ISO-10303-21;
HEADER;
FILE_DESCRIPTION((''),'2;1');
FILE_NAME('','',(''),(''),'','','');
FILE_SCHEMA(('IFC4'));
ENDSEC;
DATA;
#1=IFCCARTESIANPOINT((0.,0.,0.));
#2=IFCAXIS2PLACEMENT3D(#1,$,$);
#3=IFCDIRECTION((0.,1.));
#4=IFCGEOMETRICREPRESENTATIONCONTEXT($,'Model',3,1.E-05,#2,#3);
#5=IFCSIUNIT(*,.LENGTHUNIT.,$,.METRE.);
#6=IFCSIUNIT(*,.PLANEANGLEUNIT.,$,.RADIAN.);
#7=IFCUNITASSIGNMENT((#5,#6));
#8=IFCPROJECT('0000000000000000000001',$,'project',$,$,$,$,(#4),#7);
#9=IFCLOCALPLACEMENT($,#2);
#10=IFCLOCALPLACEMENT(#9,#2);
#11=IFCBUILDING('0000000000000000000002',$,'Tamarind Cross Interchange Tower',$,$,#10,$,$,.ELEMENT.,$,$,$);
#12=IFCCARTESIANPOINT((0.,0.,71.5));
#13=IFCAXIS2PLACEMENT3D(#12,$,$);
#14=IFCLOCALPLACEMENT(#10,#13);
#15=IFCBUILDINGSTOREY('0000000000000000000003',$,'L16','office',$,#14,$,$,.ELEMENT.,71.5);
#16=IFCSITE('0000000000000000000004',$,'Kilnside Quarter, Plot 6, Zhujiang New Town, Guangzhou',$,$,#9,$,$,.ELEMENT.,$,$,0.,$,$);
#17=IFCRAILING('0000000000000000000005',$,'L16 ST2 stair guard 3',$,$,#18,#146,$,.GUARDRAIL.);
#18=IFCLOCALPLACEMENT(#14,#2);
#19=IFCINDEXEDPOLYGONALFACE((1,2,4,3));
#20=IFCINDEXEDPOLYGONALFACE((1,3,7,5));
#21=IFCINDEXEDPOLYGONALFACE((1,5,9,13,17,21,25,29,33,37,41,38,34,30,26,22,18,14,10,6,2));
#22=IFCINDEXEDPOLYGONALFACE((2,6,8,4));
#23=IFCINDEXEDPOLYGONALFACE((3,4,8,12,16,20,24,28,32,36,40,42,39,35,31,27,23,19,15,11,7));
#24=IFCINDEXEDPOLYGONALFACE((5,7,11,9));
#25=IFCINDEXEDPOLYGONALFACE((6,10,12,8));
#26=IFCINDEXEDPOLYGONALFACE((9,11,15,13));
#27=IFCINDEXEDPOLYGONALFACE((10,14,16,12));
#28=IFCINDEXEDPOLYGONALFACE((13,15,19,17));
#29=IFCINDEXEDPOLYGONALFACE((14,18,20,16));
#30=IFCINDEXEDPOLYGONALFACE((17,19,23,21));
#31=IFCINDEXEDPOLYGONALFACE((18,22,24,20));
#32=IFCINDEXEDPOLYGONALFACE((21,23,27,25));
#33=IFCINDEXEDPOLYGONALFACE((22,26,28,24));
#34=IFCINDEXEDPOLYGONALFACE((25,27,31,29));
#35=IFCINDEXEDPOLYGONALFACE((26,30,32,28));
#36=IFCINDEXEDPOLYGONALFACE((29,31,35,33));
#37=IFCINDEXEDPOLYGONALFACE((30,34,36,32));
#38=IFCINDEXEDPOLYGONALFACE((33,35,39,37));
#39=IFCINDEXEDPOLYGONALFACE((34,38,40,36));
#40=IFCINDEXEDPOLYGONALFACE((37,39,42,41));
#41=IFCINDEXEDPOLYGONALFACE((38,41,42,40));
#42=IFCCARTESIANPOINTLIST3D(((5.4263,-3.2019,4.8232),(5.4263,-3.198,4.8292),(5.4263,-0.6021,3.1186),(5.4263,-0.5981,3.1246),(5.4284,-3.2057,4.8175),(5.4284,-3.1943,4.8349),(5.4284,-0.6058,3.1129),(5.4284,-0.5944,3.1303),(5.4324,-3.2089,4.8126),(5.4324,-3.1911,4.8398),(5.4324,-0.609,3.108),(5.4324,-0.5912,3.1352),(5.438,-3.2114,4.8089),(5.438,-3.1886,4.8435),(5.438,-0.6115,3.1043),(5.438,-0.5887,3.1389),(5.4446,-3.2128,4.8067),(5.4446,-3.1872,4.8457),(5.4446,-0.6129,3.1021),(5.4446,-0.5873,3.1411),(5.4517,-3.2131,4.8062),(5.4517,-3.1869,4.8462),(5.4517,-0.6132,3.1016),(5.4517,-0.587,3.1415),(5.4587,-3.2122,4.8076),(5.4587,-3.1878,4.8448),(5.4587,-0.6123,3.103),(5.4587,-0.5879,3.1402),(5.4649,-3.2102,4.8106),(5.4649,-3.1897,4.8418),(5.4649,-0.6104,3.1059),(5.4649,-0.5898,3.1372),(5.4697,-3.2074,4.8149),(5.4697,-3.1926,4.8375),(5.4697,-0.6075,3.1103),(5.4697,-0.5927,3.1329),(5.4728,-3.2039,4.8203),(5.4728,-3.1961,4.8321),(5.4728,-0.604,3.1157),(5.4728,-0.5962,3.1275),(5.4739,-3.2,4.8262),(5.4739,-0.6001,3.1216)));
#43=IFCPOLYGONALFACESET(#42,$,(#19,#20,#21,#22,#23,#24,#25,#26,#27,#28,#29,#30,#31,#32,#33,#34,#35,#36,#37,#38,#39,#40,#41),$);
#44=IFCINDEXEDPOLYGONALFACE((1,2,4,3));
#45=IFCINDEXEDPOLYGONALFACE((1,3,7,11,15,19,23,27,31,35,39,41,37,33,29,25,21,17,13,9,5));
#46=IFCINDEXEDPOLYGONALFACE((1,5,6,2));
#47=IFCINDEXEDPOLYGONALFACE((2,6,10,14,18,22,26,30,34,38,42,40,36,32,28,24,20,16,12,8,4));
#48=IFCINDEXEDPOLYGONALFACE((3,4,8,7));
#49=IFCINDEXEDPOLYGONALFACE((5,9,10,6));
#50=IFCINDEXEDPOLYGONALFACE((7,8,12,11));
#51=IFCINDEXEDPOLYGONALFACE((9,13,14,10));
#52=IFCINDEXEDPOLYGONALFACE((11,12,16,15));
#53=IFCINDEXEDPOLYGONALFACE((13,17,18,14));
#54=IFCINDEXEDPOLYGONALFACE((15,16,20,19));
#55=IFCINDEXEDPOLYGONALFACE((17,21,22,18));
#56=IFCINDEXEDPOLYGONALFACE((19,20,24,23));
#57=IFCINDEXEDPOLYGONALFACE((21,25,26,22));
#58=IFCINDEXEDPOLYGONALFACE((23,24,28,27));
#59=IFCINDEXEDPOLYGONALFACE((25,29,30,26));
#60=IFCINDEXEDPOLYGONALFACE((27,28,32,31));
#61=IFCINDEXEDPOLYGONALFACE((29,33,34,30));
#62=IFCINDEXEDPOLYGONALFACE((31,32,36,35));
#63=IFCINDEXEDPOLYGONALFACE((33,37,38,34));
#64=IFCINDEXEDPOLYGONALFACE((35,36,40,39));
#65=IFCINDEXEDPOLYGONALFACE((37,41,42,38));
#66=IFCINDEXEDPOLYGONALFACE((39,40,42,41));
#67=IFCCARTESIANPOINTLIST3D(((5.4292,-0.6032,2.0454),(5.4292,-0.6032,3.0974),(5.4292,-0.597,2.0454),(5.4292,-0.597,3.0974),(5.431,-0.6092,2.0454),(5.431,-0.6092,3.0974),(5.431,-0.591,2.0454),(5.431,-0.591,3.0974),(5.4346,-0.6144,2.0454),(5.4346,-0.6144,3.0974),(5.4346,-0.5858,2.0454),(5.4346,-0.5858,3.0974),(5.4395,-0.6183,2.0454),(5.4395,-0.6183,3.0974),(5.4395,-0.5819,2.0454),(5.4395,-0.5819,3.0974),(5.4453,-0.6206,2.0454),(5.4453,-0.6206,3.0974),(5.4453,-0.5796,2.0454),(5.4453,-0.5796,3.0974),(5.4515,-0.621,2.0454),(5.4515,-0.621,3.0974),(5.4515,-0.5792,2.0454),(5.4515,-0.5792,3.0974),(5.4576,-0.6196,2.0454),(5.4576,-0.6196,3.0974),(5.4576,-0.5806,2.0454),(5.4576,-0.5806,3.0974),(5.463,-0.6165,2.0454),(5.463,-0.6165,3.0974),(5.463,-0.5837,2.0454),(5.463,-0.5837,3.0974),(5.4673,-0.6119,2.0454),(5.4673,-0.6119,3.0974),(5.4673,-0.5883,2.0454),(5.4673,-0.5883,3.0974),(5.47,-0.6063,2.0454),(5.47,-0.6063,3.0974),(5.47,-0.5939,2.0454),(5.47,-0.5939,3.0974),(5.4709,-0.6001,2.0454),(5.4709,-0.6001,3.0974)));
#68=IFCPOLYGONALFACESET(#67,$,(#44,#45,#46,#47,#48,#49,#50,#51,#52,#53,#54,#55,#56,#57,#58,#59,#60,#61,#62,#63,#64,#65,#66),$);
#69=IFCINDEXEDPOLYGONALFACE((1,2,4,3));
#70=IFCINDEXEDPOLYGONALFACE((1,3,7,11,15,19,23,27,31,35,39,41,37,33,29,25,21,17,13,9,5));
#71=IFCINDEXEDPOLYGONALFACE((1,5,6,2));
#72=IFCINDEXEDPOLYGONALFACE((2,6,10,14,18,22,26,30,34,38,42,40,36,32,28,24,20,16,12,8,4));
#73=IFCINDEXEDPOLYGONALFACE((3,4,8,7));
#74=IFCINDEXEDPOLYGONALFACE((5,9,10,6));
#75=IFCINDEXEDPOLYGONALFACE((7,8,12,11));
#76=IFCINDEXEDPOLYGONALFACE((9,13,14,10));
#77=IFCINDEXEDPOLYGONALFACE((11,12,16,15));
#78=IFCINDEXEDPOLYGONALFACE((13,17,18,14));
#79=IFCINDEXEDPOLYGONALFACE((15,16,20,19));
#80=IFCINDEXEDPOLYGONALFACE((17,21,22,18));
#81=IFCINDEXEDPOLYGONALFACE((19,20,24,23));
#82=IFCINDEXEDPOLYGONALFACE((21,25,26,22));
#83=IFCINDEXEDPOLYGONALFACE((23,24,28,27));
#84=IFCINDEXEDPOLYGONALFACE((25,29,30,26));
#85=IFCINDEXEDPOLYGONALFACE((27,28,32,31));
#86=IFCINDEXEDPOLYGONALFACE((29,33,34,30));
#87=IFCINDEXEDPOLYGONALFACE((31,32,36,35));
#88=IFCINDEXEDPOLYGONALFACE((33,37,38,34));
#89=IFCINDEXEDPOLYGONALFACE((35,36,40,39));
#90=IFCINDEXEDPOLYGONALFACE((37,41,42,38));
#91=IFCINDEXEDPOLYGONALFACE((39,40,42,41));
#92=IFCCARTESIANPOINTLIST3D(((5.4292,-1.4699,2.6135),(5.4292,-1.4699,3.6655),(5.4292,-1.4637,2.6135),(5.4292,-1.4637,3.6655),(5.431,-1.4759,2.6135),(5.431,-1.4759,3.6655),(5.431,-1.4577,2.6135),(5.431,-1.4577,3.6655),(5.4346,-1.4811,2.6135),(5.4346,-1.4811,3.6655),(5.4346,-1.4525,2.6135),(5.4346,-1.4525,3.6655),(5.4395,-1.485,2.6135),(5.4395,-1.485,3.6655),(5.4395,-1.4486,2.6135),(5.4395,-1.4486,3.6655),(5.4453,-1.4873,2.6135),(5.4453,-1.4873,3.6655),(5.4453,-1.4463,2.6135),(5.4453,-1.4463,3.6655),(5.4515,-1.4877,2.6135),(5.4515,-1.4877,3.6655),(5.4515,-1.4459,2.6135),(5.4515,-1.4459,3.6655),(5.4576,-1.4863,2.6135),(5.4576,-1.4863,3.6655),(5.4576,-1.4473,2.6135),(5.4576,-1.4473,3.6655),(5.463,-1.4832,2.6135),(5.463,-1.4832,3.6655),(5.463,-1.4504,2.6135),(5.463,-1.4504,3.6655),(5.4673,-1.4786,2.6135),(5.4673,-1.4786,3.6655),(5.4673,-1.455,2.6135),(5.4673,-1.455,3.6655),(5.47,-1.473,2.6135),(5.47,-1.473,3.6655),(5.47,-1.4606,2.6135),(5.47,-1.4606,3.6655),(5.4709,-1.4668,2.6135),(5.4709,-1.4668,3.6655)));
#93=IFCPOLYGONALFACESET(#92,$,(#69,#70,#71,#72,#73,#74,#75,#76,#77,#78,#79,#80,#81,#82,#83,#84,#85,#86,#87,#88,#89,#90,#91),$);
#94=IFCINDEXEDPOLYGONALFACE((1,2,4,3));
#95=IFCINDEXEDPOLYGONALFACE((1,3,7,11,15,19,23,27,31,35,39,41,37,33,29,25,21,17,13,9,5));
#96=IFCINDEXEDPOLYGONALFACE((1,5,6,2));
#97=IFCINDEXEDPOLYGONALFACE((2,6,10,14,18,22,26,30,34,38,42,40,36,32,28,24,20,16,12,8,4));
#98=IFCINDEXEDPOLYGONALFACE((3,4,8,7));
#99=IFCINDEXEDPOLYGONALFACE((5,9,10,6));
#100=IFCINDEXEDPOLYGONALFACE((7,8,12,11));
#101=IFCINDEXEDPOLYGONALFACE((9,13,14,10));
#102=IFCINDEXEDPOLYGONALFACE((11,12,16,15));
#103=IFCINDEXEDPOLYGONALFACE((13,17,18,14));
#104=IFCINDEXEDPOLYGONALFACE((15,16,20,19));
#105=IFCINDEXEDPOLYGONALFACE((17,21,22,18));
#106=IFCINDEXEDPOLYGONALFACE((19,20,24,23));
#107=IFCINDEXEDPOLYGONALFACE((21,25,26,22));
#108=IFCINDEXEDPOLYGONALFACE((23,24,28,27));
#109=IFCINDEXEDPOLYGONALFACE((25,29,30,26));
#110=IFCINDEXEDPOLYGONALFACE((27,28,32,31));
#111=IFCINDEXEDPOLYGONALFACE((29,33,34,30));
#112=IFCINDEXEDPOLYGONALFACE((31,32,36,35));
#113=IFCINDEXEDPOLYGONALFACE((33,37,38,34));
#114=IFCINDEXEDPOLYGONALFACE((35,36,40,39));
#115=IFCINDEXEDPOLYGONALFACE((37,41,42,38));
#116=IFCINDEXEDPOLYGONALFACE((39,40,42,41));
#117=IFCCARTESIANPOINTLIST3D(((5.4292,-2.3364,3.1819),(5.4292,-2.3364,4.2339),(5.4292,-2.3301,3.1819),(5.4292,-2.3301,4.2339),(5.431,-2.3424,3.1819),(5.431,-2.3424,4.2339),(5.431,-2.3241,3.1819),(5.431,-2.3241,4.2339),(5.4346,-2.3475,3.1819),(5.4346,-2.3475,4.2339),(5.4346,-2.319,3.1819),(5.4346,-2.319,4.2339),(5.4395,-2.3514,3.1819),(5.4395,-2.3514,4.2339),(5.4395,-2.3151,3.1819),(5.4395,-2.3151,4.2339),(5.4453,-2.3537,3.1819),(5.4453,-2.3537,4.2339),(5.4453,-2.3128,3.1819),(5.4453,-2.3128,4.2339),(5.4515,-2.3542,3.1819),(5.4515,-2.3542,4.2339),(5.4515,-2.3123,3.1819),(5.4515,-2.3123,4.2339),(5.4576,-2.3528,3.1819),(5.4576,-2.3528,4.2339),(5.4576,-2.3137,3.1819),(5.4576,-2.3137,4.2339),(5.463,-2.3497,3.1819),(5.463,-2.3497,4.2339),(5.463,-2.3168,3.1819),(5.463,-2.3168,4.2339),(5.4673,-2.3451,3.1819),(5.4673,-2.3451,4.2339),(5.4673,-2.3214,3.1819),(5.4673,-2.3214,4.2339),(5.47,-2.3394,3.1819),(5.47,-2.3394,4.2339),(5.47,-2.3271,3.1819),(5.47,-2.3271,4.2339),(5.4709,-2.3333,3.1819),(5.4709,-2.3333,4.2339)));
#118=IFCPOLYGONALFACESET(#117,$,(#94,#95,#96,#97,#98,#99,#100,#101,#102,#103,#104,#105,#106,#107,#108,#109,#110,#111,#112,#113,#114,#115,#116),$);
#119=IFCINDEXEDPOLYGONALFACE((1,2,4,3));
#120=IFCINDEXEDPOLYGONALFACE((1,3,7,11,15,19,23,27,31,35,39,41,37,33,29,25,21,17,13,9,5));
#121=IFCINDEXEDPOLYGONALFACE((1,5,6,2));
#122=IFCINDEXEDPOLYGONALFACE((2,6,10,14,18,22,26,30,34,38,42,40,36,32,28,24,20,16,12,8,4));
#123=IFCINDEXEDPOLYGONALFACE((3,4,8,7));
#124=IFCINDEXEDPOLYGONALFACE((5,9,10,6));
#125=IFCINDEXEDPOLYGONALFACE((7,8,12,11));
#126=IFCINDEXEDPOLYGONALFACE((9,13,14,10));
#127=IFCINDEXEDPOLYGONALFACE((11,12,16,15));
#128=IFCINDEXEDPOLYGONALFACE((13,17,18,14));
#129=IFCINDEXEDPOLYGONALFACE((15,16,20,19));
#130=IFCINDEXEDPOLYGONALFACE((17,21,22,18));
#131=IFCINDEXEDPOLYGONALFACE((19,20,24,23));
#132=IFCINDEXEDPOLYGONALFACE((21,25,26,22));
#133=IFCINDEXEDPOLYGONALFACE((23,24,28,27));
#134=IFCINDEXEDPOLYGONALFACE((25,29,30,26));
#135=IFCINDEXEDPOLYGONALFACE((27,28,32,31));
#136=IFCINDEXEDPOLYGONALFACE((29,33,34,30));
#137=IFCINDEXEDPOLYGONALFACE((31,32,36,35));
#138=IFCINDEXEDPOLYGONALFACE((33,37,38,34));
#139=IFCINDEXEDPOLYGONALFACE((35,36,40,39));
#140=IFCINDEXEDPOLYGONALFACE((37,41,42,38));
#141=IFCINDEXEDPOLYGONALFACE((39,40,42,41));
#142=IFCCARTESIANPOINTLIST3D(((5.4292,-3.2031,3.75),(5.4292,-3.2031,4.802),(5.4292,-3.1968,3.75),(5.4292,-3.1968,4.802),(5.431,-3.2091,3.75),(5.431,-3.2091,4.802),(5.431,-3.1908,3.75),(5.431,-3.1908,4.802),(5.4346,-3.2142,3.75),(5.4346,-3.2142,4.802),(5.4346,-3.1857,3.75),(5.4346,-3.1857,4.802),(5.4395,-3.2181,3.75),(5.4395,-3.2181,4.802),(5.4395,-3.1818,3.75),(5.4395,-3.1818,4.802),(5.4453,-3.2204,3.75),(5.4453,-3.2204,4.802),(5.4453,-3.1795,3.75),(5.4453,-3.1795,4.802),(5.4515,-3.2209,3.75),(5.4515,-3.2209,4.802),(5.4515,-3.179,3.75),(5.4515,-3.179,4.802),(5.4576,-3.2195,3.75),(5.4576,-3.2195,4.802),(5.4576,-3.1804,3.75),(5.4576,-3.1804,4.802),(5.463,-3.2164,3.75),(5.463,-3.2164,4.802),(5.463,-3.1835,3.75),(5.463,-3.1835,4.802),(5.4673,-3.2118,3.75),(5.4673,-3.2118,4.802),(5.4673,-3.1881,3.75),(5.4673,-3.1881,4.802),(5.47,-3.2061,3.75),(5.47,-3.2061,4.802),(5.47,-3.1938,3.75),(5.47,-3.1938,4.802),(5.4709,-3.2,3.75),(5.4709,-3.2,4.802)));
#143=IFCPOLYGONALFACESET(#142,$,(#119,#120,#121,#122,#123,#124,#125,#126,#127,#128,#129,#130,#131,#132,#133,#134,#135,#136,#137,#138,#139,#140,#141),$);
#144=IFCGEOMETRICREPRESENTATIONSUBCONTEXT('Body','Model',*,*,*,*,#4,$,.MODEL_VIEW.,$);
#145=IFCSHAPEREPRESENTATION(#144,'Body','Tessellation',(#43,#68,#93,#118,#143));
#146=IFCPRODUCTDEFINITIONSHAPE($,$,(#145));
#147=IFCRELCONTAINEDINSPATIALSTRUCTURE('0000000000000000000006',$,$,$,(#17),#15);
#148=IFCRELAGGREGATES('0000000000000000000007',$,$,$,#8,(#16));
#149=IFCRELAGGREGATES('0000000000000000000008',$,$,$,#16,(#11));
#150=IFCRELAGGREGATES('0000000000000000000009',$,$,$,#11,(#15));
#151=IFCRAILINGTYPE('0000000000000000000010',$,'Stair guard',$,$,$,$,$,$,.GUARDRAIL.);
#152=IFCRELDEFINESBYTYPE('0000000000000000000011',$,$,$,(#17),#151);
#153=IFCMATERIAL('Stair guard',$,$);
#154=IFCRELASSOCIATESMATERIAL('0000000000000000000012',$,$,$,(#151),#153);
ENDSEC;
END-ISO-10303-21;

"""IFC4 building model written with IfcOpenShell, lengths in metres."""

from ifc_helpers import new_model, si_unit, direction, frame, origin, origin_2d, place, context, subcontext, project, spatial, circle, extrude, material, type_object, element, save


model = new_model("IFC4")

# Units and contexts
model_context = context("Model", 3, precision=1e-05, world=origin(), true_north=direction((0.0, 1.0)))
body_context = subcontext(model_context, "Body", "Model", "MODEL_VIEW")
ifc_project = project(units=[si_unit("LENGTHUNIT", "METRE"), si_unit("PLANEANGLEUNIT", "RADIAN")], contexts=[model_context])

# Site, building, storey
site_placement = place(None, origin())
site = spatial("IfcSite", under=ifc_project, at=site_placement, Name="Kilnside Quarter, Plot 6, Zhujiang New Town, Guangzhou", CompositionType="ELEMENT", RefElevation=0.0)
building_placement = place(site_placement, origin())
building = spatial("IfcBuilding", under=site, at=building_placement, Name="Tamarind Cross Interchange Tower", CompositionType="ELEMENT")
storey_placement = place(building_placement, frame((0.0, 0.0, 71.5)))
storey = spatial("IfcBuildingStorey", under=building, at=storey_placement, Name="L16", Description="office", CompositionType="ELEMENT", Elevation=71.5)

# Railing
ifc_material_1 = material(Name="Stair guard")
railing_type = type_object("IfcRailingType", Name="Stair guard", PredefinedType="GUARDRAIL", material=ifc_material_1)
railing_1_placement = place(storey_placement, frame((5.45, -0.6001, 2.0454)))
element("IfcRailing", 1, at=railing_1_placement, inside=storey, type_object=railing_type, Name="L16 ST2 stair guard 3", PredefinedType="GUARDRAIL", context=body_context, shape_type="SweptSolid", body=[
    extrude(circle(Radius=0.0239, at=origin_2d()), frame((0.0, 0.0, 1.0762), z_axis=(0.0, -0.836279, 0.548305), x_axis=(1.0, 0.0, 0.0)), (0.0, 0.0, 1.0), 3.1089),
    extrude(circle(Radius=0.021, at=origin_2d()), origin(), (0.0, 0.0, 1.0), 1.052),
    extrude(circle(Radius=0.021, at=origin_2d()), frame((0.0, -0.8667, 0.5681)), (0.0, 0.0, 1.0), 1.052),
    extrude(circle(Radius=0.021, at=origin_2d()), frame((0.0, -1.7332, 1.1365)), (0.0, 0.0, 1.0), 1.052),
    extrude(circle(Radius=0.021, at=origin_2d()), frame((0.0, -2.5999, 1.7046)), (0.0, 0.0, 1.0), 1.052),
])

save(model, "model.ifc")
